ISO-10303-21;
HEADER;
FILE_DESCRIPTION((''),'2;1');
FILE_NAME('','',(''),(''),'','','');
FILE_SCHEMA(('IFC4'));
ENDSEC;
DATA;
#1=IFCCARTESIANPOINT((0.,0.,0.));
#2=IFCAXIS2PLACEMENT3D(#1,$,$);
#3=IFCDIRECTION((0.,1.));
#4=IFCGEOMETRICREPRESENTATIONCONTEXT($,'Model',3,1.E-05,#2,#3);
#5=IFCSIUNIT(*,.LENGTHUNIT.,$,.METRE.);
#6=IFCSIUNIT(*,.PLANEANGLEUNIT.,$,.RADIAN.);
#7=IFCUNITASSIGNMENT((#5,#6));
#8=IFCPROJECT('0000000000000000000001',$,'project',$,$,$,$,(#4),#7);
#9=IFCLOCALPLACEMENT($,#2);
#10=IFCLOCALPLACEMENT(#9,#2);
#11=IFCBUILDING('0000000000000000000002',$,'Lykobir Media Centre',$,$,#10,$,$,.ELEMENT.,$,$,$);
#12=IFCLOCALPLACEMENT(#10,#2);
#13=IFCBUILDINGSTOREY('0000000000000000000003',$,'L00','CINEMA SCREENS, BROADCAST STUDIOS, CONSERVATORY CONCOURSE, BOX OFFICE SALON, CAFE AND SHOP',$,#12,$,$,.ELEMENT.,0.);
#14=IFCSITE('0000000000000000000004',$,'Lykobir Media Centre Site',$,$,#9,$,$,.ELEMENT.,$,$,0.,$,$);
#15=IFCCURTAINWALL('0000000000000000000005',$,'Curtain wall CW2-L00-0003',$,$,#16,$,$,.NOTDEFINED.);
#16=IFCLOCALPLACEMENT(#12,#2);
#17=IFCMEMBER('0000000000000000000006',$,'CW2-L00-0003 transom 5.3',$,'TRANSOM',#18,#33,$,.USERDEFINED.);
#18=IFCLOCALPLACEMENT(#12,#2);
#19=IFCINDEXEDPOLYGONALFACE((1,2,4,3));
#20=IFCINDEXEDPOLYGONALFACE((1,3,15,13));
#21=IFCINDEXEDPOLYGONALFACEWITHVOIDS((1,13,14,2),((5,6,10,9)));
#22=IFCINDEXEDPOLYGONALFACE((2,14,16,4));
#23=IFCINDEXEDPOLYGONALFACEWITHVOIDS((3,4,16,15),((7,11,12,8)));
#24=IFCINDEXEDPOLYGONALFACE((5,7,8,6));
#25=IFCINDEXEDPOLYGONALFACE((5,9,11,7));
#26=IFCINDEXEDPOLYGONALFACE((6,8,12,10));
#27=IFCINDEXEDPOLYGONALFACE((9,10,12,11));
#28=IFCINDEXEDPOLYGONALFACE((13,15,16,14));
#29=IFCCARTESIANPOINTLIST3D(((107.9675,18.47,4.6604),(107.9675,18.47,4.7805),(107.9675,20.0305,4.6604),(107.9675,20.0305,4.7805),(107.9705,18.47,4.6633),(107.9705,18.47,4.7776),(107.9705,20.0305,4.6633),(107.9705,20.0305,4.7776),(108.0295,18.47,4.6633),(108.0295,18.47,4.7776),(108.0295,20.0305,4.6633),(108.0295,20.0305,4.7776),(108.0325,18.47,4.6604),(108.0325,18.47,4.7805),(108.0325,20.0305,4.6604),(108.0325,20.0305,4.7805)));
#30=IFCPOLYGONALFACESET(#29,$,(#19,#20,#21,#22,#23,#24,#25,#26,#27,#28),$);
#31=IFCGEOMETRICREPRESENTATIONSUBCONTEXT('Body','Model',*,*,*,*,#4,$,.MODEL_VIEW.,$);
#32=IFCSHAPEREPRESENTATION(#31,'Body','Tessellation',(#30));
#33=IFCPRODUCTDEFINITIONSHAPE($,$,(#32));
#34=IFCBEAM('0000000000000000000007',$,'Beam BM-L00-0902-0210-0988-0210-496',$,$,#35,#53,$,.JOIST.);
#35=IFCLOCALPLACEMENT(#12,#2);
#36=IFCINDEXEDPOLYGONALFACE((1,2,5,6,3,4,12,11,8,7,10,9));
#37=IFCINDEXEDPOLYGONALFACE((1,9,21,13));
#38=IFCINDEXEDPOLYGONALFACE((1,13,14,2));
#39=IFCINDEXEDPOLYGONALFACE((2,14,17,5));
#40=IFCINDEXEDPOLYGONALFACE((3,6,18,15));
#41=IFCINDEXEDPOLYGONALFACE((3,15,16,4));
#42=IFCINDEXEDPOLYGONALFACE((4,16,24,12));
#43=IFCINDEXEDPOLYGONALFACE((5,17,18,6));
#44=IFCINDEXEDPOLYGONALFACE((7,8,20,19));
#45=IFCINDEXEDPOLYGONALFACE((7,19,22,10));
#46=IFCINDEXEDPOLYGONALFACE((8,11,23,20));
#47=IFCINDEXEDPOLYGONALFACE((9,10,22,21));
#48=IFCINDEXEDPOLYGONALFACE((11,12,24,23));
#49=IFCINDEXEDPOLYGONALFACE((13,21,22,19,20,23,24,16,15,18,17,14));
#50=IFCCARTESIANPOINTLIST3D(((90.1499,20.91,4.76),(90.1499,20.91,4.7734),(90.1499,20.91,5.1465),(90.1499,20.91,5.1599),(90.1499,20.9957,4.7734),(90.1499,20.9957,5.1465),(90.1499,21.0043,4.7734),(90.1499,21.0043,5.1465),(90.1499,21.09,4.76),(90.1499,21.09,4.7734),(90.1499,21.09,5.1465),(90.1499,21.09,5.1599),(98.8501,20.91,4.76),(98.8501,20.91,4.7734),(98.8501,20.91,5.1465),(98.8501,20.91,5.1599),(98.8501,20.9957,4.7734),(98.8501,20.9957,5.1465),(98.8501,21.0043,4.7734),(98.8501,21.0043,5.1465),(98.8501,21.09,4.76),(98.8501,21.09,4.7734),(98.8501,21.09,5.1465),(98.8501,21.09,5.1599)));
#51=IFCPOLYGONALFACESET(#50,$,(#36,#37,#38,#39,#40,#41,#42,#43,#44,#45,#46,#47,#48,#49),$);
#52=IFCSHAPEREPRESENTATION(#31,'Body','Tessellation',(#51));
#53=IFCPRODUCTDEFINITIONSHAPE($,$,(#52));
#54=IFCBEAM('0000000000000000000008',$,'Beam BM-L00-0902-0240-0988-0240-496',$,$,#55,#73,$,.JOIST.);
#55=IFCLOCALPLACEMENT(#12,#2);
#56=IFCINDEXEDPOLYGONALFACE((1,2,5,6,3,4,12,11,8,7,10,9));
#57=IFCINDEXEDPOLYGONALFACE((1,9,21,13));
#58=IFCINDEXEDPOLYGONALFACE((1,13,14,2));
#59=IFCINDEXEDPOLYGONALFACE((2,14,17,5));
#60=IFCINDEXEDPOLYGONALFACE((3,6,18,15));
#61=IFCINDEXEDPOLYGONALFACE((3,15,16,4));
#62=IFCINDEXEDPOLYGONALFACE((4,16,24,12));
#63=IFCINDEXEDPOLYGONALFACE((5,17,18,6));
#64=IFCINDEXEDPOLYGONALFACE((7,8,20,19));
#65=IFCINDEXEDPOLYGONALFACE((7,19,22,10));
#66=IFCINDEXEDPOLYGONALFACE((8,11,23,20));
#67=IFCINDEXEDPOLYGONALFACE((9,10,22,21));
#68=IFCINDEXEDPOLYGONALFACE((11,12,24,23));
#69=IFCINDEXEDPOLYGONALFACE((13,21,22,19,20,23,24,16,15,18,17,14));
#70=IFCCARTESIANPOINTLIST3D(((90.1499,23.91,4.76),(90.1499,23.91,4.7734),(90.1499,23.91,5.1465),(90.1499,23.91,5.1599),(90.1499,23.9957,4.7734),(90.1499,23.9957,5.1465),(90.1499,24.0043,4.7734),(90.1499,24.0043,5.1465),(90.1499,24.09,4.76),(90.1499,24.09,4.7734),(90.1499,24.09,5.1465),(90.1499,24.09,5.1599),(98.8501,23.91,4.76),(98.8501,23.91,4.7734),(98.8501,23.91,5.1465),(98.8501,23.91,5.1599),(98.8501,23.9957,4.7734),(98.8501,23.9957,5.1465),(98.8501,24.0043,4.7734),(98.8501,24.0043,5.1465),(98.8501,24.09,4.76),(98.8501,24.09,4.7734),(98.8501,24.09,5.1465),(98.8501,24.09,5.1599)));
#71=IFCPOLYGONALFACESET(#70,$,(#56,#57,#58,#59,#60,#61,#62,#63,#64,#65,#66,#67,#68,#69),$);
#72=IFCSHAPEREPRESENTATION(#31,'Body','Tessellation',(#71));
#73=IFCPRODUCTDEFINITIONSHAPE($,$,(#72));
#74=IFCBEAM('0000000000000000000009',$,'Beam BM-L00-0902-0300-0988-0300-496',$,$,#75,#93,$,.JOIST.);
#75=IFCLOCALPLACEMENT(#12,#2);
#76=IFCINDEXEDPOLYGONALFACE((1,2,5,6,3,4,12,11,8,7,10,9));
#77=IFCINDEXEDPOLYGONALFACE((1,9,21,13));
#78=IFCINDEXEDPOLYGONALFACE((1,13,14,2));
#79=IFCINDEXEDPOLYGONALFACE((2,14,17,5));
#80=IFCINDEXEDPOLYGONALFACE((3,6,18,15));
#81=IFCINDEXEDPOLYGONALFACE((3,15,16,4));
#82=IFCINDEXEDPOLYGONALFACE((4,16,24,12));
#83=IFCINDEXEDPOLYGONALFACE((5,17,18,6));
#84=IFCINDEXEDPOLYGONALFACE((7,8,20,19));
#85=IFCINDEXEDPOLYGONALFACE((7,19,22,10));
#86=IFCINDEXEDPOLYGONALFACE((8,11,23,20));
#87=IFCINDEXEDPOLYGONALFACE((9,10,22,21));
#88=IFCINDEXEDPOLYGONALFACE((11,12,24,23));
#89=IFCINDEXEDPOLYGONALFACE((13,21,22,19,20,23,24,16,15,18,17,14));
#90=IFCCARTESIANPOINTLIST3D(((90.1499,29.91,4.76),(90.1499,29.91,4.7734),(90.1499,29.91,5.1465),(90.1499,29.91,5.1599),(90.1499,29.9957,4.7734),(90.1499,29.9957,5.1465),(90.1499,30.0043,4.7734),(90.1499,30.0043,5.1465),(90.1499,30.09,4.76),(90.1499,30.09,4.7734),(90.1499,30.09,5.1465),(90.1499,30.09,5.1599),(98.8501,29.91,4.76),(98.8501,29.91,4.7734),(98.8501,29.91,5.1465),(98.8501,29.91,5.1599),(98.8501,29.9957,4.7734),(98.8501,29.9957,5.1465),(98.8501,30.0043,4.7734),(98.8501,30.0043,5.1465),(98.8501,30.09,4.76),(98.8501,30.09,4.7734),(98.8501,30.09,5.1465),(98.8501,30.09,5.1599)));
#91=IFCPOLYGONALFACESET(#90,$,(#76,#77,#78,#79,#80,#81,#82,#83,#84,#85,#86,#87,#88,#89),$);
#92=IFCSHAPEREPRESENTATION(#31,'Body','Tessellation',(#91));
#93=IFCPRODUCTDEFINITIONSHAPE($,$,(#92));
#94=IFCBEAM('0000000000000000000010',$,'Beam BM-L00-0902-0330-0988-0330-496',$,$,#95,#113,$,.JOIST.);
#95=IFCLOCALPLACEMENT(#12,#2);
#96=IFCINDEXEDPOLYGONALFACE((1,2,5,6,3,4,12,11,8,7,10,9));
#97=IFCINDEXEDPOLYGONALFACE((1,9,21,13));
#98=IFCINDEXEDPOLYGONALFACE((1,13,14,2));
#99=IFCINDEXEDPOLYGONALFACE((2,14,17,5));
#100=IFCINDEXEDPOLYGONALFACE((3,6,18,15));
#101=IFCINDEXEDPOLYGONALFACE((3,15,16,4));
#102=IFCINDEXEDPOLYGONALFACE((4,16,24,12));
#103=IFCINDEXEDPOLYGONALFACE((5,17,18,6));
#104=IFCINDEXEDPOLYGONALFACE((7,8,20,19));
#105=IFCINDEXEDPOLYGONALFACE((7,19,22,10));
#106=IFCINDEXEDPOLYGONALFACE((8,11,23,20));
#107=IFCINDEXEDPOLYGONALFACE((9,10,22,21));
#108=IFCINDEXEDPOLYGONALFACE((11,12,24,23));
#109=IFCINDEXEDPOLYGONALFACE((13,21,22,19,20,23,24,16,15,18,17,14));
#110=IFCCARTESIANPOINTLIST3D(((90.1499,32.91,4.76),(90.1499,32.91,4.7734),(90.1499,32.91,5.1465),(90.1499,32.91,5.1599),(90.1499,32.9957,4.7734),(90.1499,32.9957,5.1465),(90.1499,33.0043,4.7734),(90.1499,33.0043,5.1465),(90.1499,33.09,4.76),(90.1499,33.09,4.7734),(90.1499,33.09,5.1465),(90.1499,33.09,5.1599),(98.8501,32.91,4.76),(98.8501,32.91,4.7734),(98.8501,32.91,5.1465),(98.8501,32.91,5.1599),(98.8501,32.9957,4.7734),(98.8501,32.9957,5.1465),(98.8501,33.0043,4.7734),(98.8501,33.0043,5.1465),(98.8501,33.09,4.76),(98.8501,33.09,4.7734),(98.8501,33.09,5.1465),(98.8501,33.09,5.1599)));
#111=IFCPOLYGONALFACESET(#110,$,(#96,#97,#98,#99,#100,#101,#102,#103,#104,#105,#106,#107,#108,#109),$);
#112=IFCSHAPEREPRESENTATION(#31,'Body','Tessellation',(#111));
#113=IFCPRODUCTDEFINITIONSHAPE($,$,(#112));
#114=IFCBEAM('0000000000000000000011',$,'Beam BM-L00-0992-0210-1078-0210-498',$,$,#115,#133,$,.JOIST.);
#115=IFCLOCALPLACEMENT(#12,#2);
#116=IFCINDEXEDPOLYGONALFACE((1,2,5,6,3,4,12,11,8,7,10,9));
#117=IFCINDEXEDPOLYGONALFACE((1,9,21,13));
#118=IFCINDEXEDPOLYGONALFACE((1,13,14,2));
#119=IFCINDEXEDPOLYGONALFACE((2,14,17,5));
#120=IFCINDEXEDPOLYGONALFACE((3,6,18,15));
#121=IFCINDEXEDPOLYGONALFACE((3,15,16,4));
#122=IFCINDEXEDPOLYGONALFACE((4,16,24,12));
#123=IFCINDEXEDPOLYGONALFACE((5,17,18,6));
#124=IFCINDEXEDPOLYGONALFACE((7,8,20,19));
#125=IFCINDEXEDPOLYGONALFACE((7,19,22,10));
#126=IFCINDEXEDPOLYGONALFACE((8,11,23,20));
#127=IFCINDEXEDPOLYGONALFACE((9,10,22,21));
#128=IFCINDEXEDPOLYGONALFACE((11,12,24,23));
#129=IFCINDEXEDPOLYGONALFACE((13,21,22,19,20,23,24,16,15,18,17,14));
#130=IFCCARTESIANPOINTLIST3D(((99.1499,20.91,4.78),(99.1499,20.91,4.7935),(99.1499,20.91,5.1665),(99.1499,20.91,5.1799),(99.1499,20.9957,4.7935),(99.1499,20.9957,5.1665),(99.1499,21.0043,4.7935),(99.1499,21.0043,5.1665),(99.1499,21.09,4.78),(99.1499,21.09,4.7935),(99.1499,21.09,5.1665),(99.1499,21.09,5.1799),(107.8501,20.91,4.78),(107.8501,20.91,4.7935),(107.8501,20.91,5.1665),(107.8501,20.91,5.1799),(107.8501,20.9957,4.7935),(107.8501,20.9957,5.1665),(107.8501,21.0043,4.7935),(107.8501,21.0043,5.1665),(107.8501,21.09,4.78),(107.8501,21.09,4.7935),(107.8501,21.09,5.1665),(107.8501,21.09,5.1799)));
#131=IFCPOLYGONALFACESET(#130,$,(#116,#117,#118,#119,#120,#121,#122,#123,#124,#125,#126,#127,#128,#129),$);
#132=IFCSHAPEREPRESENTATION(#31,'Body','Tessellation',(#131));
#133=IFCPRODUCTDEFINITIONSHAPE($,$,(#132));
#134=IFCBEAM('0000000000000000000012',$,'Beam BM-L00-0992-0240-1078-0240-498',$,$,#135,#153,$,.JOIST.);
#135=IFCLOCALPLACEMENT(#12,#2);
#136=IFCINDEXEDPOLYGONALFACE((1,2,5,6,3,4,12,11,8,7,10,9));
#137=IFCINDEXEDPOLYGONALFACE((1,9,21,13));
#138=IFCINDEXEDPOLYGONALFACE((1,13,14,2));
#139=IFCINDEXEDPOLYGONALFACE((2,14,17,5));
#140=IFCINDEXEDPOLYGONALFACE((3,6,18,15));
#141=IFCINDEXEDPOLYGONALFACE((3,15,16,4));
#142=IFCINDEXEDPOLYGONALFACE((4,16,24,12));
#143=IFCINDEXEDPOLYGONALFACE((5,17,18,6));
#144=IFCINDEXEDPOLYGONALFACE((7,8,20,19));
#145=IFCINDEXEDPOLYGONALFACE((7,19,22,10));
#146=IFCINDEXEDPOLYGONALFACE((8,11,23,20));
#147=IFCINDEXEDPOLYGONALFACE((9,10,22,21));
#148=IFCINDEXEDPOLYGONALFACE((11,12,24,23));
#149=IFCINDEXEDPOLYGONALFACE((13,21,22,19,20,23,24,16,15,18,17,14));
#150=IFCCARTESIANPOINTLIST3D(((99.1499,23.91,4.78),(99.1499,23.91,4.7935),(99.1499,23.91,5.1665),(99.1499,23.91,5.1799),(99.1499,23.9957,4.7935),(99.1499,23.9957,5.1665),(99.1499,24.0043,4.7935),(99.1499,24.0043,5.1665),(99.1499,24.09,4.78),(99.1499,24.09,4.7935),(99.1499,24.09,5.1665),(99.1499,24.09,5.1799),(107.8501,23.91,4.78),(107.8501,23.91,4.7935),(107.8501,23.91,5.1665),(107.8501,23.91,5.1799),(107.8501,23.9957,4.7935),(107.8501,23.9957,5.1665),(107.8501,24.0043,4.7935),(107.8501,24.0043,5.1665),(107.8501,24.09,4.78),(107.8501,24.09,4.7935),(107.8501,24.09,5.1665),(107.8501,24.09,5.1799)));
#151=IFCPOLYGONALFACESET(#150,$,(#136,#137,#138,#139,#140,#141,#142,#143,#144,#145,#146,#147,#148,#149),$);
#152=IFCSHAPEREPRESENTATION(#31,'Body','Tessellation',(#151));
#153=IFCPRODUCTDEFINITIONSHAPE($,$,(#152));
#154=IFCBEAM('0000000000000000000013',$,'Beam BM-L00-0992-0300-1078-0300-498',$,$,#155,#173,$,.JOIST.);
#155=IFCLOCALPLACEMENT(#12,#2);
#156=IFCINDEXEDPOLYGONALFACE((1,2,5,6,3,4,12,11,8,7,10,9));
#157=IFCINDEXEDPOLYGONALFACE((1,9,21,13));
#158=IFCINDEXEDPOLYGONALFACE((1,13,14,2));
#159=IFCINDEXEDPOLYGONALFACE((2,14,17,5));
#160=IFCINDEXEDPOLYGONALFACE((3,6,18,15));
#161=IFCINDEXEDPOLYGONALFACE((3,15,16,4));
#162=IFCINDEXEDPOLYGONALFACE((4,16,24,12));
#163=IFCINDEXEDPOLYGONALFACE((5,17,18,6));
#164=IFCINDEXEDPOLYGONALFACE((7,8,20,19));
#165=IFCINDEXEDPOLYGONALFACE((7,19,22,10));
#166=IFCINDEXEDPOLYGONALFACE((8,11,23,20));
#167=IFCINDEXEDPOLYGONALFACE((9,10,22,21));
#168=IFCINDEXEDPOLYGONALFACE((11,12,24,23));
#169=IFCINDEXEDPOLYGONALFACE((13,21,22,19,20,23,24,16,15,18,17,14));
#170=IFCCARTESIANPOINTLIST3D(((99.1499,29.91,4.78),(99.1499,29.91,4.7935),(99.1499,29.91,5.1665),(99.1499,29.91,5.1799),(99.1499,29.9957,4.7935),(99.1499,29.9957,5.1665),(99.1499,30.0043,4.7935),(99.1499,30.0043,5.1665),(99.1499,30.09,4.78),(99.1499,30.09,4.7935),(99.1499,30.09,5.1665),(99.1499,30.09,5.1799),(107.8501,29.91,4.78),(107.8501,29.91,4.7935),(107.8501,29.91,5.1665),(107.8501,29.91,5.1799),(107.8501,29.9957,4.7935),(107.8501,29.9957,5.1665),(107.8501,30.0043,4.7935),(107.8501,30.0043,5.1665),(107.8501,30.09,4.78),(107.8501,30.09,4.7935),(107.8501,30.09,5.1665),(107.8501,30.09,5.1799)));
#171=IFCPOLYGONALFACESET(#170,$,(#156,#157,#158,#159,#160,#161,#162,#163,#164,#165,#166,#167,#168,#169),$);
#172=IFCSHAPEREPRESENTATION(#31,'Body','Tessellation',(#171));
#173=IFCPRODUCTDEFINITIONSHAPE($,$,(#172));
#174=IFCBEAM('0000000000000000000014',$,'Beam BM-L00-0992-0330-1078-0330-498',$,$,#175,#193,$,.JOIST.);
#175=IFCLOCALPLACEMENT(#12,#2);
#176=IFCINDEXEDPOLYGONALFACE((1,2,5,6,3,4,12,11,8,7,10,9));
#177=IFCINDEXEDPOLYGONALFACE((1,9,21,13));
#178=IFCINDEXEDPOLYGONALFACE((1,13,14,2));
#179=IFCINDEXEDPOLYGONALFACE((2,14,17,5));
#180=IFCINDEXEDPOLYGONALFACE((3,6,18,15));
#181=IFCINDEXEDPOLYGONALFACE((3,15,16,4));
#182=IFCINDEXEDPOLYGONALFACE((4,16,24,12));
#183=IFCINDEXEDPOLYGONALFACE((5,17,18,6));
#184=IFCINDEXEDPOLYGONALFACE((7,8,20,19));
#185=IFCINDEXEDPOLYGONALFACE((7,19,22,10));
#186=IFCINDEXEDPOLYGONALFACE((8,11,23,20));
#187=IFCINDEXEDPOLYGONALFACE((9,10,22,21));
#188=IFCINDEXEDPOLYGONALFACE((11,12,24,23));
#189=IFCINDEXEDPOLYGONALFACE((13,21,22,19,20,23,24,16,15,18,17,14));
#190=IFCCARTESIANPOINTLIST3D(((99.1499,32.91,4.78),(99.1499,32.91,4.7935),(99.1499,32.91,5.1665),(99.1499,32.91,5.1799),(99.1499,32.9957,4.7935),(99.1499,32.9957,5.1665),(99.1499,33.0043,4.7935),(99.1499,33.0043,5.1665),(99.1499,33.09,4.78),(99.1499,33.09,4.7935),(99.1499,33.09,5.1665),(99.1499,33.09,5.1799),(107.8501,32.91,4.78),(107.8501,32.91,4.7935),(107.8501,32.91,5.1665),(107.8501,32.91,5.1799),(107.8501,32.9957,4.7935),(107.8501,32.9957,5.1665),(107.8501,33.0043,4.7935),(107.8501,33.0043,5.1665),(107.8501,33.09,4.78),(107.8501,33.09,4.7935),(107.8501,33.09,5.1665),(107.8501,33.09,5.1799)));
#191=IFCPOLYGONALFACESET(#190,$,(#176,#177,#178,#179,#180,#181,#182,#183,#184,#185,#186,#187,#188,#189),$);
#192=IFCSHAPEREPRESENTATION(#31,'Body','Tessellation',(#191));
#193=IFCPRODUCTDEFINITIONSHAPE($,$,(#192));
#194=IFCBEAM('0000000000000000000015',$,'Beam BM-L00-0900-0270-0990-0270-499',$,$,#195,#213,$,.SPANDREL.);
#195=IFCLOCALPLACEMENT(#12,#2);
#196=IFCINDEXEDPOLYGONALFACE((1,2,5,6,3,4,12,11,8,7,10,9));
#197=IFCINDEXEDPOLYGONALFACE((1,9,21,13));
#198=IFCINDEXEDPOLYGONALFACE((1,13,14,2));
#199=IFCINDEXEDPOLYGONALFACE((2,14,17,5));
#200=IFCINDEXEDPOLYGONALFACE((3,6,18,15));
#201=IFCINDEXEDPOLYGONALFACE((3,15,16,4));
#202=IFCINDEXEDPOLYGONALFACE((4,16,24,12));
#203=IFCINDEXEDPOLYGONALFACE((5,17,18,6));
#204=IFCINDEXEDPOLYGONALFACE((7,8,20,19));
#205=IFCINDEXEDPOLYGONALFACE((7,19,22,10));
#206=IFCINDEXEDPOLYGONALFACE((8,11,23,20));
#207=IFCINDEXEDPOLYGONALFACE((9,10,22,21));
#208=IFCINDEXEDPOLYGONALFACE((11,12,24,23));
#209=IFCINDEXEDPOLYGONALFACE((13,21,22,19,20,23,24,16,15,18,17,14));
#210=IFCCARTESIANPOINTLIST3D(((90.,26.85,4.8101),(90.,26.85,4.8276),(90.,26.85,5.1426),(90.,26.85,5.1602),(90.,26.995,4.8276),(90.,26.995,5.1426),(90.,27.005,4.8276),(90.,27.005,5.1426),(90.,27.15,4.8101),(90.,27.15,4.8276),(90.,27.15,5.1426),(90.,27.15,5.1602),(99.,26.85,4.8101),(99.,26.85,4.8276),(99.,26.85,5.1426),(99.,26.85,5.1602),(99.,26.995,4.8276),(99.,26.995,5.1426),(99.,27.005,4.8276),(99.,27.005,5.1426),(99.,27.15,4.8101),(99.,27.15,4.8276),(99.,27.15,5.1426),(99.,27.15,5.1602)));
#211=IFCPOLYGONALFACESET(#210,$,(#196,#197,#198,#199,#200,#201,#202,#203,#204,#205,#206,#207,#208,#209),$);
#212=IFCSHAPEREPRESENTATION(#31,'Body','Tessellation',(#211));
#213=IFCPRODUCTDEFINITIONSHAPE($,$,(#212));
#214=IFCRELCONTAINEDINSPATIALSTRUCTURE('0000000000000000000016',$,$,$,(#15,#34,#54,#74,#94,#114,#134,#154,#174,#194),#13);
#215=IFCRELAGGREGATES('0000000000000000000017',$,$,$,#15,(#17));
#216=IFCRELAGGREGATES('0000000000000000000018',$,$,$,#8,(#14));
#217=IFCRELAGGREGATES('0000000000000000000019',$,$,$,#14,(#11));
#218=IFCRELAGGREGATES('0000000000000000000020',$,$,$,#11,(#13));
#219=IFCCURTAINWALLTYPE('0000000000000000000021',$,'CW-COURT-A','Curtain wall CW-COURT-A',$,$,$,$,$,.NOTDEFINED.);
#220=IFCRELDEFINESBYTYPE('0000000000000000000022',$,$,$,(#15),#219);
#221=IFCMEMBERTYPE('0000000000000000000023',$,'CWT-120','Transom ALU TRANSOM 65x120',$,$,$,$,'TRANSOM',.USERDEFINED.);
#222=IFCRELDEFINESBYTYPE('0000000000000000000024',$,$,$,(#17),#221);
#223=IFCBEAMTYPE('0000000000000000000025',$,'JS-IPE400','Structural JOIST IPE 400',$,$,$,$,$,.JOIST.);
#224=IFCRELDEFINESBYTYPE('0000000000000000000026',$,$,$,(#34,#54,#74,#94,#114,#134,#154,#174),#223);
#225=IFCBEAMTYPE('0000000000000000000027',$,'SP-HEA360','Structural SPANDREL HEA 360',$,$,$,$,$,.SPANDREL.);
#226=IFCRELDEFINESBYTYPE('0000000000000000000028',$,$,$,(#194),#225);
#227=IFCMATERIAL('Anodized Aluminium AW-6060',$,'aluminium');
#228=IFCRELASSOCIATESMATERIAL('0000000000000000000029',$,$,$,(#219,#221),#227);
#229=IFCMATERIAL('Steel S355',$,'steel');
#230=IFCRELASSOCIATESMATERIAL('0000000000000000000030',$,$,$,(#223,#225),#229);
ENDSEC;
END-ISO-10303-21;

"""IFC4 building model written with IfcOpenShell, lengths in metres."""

from ifc_helpers import new_model, si_unit, direction, frame, origin, origin_2d, place, context, subcontext, project, spatial, hollow_rectangle, i_section, extrude, material, material_profile, profile_set, type_object, element, aggregate, save


model = new_model("IFC4")

# Units and contexts
model_context = context("Model", 3, precision=1e-05, world=origin(), true_north=direction((0.0, 1.0)))
body_context = subcontext(model_context, "Body", "Model", "MODEL_VIEW")
ifc_project = project(units=[si_unit("LENGTHUNIT", "METRE"), si_unit("PLANEANGLEUNIT", "RADIAN")], contexts=[model_context])

# Site, building, storey
site_placement = place(None, origin())
site = spatial("IfcSite", under=ifc_project, at=site_placement, Name="Lykobir Media Centre Site", CompositionType="ELEMENT", RefElevation=0.0)
building_placement = place(site_placement, origin())
building = spatial("IfcBuilding", under=site, at=building_placement, Name="Lykobir Media Centre", CompositionType="ELEMENT")
storey_placement = place(building_placement, origin())
storey = spatial("IfcBuildingStorey", under=building, at=storey_placement, Name="L00", Description="CINEMA SCREENS, BROADCAST STUDIOS, CONSERVATORY CONCOURSE, BOX OFFICE SALON, CAFE AND SHOP", CompositionType="ELEMENT", Elevation=0.0)

# Shared definitions
ifc_material_1 = material(Name="Steel S355", Category="steel")

# Curtain wall, member
ifc_material_2 = material(Name="Anodized Aluminium AW-6060", Category="aluminium")
curtain_wall_type = type_object("IfcCurtainWallType", Name="CW-COURT-A", Description="Curtain wall CW-COURT-A", PredefinedType="NOTDEFINED", material=ifc_material_2)
curtain_wall_placement = place(storey_placement, origin())
curtain_wall = element("IfcCurtainWall", 1, at=curtain_wall_placement, inside=storey, type_object=curtain_wall_type, Name="Curtain wall CW2-L00-0003", PredefinedType="NOTDEFINED")
ifc_material_profile_1 = material_profile(ifc_material_2, hollow_rectangle(XDim=0.0649, YDim=0.1201, WallThickness=0.0029, at=origin_2d()), Name="ALU TRANSOM 65x120")
ifc_profile_set_1 = profile_set([ifc_material_profile_1], Name="Anodized Aluminium AW-6060")
member_type_1 = type_object("IfcMemberType", Name="CWT-120", Description="Transom ALU TRANSOM 65x120", ElementType="TRANSOM", PredefinedType="USERDEFINED", material=ifc_profile_set_1)
member_1_placement = place(storey_placement, frame((108.0, 20.0305, 4.7205), z_axis=(0.0, -1.0, 0.0), x_axis=(1.0, 0.0, 0.0)))
member_1 = element("IfcMember", 2, at=member_1_placement, type_object=member_type_1, Name="CW2-L00-0003 transom 5.3", ObjectType="TRANSOM", PredefinedType="USERDEFINED", context=body_context, shape_type="SweptSolid", body=[
    extrude(hollow_rectangle(XDim=0.0649, YDim=0.1201, WallThickness=0.0029, at=origin_2d()), origin(), (0.0, 0.0, 1.0), 1.5605),
])

# Beams
ifc_material_profile_2 = material_profile(ifc_material_1, i_section(OverallWidth=0.1799, OverallDepth=0.3999, WebThickness=0.0085, FlangeThickness=0.0134, at=origin_2d()), Name="IPE 400")
ifc_profile_set_2 = profile_set([ifc_material_profile_2], Name="Steel S355")
beam_type_1 = type_object("IfcBeamType", Name="JS-IPE400", Description="Structural JOIST IPE 400", PredefinedType="JOIST", material=ifc_profile_set_2)
for number, where, z_axis, x_axis, name in (
    (3, (90.1499, 21.0, 4.96), (1.0, 0.0, 0.0), (0.0, 1.0, 0.0), "Beam BM-L00-0902-0210-0988-0210-496"),
    (4, (90.1499, 24.0, 4.96), (1.0, 0.0, 0.0), (0.0, 1.0, 0.0), "Beam BM-L00-0902-0240-0988-0240-496"),
    (5, (90.1499, 30.0, 4.96), (1.0, 0.0, 0.0), (0.0, 1.0, 0.0), "Beam BM-L00-0902-0300-0988-0300-496"),
    (6, (90.1499, 33.0, 4.96), (1.0, 0.0, 0.0), (0.0, 1.0, 0.0), "Beam BM-L00-0902-0330-0988-0330-496"),
    (7, (99.1499, 21.0, 4.98), (1.0, 0.0, 0.0), (0.0, 1.0, 0.0), "Beam BM-L00-0992-0210-1078-0210-498"),
    (8, (99.1499, 24.0, 4.98), (1.0, 0.0, 0.0), (0.0, 1.0, 0.0), "Beam BM-L00-0992-0240-1078-0240-498"),
    (9, (99.1499, 30.0, 4.98), (1.0, 0.0, 0.0), (0.0, 1.0, 0.0), "Beam BM-L00-0992-0300-1078-0300-498"),
    (10, (99.1499, 33.0, 4.98), (1.0, 0.0, 0.0), (0.0, 1.0, 0.0), "Beam BM-L00-0992-0330-1078-0330-498"),
):
    element("IfcBeam", number, at=place(storey_placement, frame(where, z_axis=z_axis, x_axis=x_axis)), inside=storey, type_object=beam_type_1, Name=name, PredefinedType="JOIST", context=body_context, shape_type="SweptSolid", body=[
        extrude(i_section(OverallWidth=0.1799, OverallDepth=0.3999, WebThickness=0.0085, FlangeThickness=0.0134, at=origin_2d()), origin(), (0.0, 0.0, 1.0), 8.7002),
    ])
ifc_material_profile_3 = material_profile(ifc_material_1, i_section(OverallWidth=0.3, OverallDepth=0.3501, WebThickness=0.01, FlangeThickness=0.0176, at=origin_2d()), Name="HEA 360")
ifc_profile_set_3 = profile_set([ifc_material_profile_3], Name="Steel S355")
beam_type_2 = type_object("IfcBeamType", Name="SP-HEA360", Description="Structural SPANDREL HEA 360", PredefinedType="SPANDREL", material=ifc_profile_set_3)
for number, where, z_axis, x_axis, name in (
    (11, (90.0, 27.0, 4.9851), (1.0, 0.0, 0.0), (0.0, 1.0, 0.0), "Beam BM-L00-0900-0270-0990-0270-499"),
):
    element("IfcBeam", number, at=place(storey_placement, frame(where, z_axis=z_axis, x_axis=x_axis)), inside=storey, type_object=beam_type_2, Name=name, PredefinedType="SPANDREL", context=body_context, shape_type="SweptSolid", body=[
        extrude(i_section(OverallWidth=0.3, OverallDepth=0.3501, WebThickness=0.01, FlangeThickness=0.0176, at=origin_2d()), origin(), (0.0, 0.0, 1.0), 9.0),
    ])

aggregate(curtain_wall, [member_1])

save(model, "model.ifc")
